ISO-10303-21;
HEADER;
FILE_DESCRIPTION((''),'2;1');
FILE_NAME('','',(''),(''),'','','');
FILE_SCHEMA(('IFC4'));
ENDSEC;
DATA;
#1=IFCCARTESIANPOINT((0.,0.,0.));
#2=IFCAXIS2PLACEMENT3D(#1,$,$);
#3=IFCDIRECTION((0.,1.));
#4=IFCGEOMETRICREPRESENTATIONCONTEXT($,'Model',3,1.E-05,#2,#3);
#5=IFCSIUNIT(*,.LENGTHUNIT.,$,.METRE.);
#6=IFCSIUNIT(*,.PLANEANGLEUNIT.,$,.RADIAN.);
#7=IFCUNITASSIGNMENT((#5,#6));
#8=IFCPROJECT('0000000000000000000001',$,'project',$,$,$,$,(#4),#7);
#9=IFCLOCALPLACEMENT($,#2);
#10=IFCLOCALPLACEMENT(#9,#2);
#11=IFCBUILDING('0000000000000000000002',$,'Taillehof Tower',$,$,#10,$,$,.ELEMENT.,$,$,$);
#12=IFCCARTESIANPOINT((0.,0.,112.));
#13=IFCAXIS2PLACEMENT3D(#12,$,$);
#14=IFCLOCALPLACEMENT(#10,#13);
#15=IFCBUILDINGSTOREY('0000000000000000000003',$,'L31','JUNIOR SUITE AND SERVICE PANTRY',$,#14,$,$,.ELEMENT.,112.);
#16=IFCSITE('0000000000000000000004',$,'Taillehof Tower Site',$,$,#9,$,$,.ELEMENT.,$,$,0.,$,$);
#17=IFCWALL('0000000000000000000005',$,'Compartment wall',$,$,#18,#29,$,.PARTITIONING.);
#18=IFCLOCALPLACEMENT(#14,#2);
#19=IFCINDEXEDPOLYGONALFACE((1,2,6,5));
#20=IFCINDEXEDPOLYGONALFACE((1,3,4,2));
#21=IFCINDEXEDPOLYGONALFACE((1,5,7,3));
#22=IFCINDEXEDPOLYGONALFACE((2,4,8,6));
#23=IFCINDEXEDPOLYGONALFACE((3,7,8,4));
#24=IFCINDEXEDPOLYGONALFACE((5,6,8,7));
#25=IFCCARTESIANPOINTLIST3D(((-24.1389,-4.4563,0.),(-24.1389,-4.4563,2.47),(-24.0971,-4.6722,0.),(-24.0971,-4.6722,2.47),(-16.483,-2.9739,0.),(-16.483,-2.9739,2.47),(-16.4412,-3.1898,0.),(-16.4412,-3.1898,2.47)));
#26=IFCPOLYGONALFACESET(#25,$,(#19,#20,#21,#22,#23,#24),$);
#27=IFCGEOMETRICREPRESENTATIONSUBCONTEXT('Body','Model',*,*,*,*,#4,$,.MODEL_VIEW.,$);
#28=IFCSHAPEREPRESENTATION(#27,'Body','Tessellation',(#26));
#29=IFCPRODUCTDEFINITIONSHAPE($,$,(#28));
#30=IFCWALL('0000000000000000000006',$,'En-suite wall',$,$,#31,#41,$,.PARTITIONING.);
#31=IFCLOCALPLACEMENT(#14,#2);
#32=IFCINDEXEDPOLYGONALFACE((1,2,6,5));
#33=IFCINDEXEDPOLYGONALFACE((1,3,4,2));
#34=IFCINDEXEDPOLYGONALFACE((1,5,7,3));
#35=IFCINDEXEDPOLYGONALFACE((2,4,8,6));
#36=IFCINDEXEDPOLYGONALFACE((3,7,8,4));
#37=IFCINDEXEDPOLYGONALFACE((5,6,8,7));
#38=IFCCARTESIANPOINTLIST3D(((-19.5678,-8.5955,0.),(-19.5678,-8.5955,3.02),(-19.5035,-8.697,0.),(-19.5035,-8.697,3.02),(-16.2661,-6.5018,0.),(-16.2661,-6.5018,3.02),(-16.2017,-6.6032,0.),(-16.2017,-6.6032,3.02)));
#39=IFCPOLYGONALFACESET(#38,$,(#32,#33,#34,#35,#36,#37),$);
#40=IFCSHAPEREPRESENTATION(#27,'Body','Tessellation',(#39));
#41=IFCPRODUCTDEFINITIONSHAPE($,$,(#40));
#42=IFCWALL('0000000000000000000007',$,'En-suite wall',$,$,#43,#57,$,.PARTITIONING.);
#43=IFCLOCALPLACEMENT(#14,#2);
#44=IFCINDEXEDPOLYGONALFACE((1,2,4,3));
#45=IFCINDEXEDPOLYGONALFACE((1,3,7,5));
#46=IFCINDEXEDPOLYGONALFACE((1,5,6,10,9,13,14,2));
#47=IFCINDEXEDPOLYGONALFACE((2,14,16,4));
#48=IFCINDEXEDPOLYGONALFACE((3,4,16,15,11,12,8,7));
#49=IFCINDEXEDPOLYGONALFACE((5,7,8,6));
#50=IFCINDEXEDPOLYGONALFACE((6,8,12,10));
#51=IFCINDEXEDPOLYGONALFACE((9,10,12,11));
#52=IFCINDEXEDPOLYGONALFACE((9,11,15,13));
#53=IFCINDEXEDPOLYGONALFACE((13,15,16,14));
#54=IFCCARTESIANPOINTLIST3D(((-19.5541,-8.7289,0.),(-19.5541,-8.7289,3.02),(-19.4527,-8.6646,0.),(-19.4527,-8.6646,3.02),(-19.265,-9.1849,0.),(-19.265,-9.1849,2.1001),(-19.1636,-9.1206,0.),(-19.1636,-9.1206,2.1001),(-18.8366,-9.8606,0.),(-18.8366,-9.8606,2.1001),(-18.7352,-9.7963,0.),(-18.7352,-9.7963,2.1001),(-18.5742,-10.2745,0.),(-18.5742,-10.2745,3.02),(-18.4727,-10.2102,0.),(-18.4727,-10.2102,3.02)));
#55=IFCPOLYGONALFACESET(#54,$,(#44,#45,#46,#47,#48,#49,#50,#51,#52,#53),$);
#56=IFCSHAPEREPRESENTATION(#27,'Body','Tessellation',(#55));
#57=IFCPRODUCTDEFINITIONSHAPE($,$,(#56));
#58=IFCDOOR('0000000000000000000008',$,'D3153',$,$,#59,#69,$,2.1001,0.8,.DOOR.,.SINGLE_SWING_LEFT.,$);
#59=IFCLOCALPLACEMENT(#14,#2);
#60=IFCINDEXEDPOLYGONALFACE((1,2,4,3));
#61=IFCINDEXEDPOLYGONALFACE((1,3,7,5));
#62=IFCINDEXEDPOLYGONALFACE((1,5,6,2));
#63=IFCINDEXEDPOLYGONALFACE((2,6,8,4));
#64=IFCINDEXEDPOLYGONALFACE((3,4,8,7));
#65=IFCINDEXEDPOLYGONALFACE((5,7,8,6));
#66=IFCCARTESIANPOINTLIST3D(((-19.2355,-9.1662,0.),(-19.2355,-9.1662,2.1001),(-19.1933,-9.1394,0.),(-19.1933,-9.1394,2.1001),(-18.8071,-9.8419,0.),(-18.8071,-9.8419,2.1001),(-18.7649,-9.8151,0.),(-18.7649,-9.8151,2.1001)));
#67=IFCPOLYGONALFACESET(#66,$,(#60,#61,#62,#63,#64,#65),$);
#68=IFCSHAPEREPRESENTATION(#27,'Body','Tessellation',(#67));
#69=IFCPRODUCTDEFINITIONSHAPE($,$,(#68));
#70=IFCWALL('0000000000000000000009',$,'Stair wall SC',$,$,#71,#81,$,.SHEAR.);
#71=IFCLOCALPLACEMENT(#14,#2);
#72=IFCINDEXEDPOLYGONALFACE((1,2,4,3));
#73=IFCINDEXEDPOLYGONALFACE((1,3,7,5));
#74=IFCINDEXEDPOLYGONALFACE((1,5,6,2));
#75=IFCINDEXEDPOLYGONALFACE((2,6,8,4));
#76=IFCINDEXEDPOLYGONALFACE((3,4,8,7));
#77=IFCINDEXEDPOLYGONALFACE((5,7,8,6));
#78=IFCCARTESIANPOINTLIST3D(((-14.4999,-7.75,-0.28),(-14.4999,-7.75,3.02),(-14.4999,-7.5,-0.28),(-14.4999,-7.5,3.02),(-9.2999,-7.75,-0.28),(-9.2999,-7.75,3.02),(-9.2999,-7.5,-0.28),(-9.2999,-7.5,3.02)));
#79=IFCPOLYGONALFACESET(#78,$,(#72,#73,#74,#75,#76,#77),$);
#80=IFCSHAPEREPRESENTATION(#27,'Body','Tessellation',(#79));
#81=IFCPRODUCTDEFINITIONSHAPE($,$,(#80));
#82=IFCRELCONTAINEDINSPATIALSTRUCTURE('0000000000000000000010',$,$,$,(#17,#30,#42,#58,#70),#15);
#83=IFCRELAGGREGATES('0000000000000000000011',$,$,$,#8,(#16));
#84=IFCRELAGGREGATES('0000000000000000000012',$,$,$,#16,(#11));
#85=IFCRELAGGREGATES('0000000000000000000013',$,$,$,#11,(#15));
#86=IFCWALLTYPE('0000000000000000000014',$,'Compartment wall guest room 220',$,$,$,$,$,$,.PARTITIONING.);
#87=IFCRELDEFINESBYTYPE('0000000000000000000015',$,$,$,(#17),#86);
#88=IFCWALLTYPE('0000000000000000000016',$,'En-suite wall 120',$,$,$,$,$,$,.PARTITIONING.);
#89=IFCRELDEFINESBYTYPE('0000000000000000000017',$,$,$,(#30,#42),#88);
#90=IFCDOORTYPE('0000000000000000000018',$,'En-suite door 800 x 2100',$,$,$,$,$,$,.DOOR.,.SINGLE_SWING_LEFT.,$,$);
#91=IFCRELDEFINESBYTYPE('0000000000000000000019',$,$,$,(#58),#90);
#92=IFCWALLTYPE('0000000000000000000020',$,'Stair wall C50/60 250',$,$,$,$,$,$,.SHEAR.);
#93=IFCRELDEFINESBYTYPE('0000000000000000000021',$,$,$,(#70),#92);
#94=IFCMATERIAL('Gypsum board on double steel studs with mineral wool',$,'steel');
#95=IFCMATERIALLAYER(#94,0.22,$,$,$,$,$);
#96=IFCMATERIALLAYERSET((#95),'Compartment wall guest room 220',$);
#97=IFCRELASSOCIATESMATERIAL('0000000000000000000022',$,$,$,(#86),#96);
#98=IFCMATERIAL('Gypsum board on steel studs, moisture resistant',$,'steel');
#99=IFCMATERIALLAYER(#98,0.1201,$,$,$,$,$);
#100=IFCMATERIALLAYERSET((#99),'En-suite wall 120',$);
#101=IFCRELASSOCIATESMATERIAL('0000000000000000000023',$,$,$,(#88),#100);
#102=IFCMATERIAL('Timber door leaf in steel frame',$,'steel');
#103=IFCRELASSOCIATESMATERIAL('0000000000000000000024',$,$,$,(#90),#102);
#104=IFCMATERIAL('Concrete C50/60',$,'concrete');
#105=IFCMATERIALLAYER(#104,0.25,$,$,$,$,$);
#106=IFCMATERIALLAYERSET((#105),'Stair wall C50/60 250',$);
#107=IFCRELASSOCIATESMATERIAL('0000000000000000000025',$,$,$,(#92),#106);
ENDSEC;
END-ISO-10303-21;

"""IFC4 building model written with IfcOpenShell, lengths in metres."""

from ifc_helpers import new_model, si_unit, direction, frame, frame_2d, origin, place, context, subcontext, project, spatial, rectangle, extrude, material, layer, layer_set, type_object, element, fill, save


model = new_model("IFC4")

# Units and contexts
model_context = context("Model", 3, precision=1e-05, world=origin(), true_north=direction((0.0, 1.0)))
body_context = subcontext(model_context, "Body", "Model", "MODEL_VIEW")
ifc_project = project(units=[si_unit("LENGTHUNIT", "METRE"), si_unit("PLANEANGLEUNIT", "RADIAN")], contexts=[model_context])

# Site, building, storey
site_placement = place(None, origin())
site = spatial("IfcSite", under=ifc_project, at=site_placement, Name="Taillehof Tower Site", CompositionType="ELEMENT", RefElevation=0.0)
building_placement = place(site_placement, origin())
building = spatial("IfcBuilding", under=site, at=building_placement, Name="Taillehof Tower", CompositionType="ELEMENT")
storey_placement = place(building_placement, frame((0.0, 0.0, 112.0)))
storey = spatial("IfcBuildingStorey", under=building, at=storey_placement, Name="L31", Description="JUNIOR SUITE AND SERVICE PANTRY", CompositionType="ELEMENT", Elevation=112.0)

# Walls
ifc_material_1 = material(Name="Gypsum board on double steel studs with mineral wool", Category="steel")
ifc_layer_1 = layer(ifc_material_1, 0.22)
ifc_layer_set_1 = layer_set([ifc_layer_1], Name="Compartment wall guest room 220")
wall_type_1 = type_object("IfcWallType", Name="Compartment wall guest room 220", PredefinedType="PARTITIONING", material=ifc_layer_set_1)
wall_1_placement = place(storey_placement, frame((-24.1179, -4.5642, 0.0), z_axis=(0.0, 0.0, 1.0), x_axis=(0.981765, 0.190098, 0.0)))
element("IfcWall", 1, at=wall_1_placement, inside=storey, type_object=wall_type_1, Name="Compartment wall", PredefinedType="PARTITIONING", context=body_context, shape_type="SweptSolid", body=[
    extrude(rectangle(XDim=7.7981, YDim=0.22, at=frame_2d((3.8989, 0.0))), origin(), (0.0, 0.0, 1.0), 2.47),
])
ifc_material_2 = material(Name="Gypsum board on steel studs, moisture resistant", Category="steel")
ifc_layer_2 = layer(ifc_material_2, 0.1201)
ifc_layer_set_2 = layer_set([ifc_layer_2], Name="En-suite wall 120")
wall_type_2 = type_object("IfcWallType", Name="En-suite wall 120", PredefinedType="PARTITIONING", material=ifc_layer_set_2)
wall_2_placement = place(storey_placement, frame((-16.2339, -6.5525, 0.0), z_axis=(0.0, 0.0, 1.0), x_axis=(-0.844514, -0.535533, 0.0)))
element("IfcWall", 2, at=wall_2_placement, inside=storey, type_object=wall_type_2, Name="En-suite wall", PredefinedType="PARTITIONING", context=body_context, shape_type="SweptSolid", body=[
    extrude(rectangle(XDim=3.9097, YDim=0.1201, at=frame_2d((1.9548, 0.0))), origin(), (0.0, 0.0, 1.0), 3.02),
])

# Wall, opening, door
wall_3_placement = place(storey_placement, frame((-19.5034, -8.6968, 0.0), z_axis=(0.0, 0.0, 1.0), x_axis=(0.535468, -0.844556, 0.0)))
wall_3 = element("IfcWall", 3, at=wall_3_placement, inside=storey, type_object=wall_type_2, Name="En-suite wall", PredefinedType="PARTITIONING", context=body_context, shape_type="SweptSolid", body=[
    extrude(rectangle(XDim=1.8301, YDim=0.1201, at=frame_2d((0.915, 0.0))), origin(), (0.0, 0.0, 1.0), 3.02),
])
opening_1_placement = place(wall_3_placement, frame((0.54, 0.0, 0.0)))
opening_1 = element("IfcOpeningElement", 4, at=opening_1_placement, cuts=wall_3, PredefinedType="OPENING", context=body_context, shape_type="SweptSolid", body=[
    extrude(rectangle(XDim=0.8, YDim=2.1001, at=frame_2d((0.3999, 1.05))), frame((0.0, 0.0701, 0.0), z_axis=(0.0, -1.0, 0.0), x_axis=(1.0, 0.0, 0.0)), (0.0, 0.0, 1.0), 0.1401),
])
ifc_material_3 = material(Name="Timber door leaf in steel frame", Category="steel")
door_type_1 = type_object("IfcDoorType", Name="En-suite door 800 x 2100", OperationType="SINGLE_SWING_LEFT", PredefinedType="DOOR", material=ifc_material_3)
door_1_placement = place(opening_1_placement, origin())
door_1 = element("IfcDoor", 5, at=door_1_placement, inside=storey, type_object=door_type_1, Name="D3153", OperationType="SINGLE_SWING_LEFT", OverallHeight=2.1001, OverallWidth=0.8, PredefinedType="DOOR", context=body_context, shape_type="SweptSolid", body=[
    extrude(rectangle(XDim=0.8, YDim=2.1001, at=frame_2d((0.3999, 1.05))), frame((0.0, 0.0249, 0.0), z_axis=(0.0, -1.0, 0.0), x_axis=(1.0, 0.0, 0.0)), (0.0, 0.0, 1.0), 0.05),
])
fill(opening_1, door_1)

# Wall
ifc_material_4 = material(Name="Concrete C50/60", Category="concrete")
ifc_layer_3 = layer(ifc_material_4, 0.25)
ifc_layer_set_3 = layer_set([ifc_layer_3], Name="Stair wall C50/60 250")
wall_type_3 = type_object("IfcWallType", Name="Stair wall C50/60 250", PredefinedType="SHEAR", material=ifc_layer_set_3)
wall_4_placement = place(storey_placement, frame((-14.5, -7.625, -0.28), z_axis=(0.0, 0.0, 1.0), x_axis=(1.0, 0.0, 0.0)))
element("IfcWall", 6, at=wall_4_placement, inside=storey, type_object=wall_type_3, Name="Stair wall SC", PredefinedType="SHEAR", context=body_context, shape_type="SweptSolid", body=[
    extrude(rectangle(XDim=5.2, YDim=0.25, at=frame_2d((2.6001, 0.0))), origin(), (0.0, 0.0, 1.0), 3.3),
])

save(model, "model.ifc")
